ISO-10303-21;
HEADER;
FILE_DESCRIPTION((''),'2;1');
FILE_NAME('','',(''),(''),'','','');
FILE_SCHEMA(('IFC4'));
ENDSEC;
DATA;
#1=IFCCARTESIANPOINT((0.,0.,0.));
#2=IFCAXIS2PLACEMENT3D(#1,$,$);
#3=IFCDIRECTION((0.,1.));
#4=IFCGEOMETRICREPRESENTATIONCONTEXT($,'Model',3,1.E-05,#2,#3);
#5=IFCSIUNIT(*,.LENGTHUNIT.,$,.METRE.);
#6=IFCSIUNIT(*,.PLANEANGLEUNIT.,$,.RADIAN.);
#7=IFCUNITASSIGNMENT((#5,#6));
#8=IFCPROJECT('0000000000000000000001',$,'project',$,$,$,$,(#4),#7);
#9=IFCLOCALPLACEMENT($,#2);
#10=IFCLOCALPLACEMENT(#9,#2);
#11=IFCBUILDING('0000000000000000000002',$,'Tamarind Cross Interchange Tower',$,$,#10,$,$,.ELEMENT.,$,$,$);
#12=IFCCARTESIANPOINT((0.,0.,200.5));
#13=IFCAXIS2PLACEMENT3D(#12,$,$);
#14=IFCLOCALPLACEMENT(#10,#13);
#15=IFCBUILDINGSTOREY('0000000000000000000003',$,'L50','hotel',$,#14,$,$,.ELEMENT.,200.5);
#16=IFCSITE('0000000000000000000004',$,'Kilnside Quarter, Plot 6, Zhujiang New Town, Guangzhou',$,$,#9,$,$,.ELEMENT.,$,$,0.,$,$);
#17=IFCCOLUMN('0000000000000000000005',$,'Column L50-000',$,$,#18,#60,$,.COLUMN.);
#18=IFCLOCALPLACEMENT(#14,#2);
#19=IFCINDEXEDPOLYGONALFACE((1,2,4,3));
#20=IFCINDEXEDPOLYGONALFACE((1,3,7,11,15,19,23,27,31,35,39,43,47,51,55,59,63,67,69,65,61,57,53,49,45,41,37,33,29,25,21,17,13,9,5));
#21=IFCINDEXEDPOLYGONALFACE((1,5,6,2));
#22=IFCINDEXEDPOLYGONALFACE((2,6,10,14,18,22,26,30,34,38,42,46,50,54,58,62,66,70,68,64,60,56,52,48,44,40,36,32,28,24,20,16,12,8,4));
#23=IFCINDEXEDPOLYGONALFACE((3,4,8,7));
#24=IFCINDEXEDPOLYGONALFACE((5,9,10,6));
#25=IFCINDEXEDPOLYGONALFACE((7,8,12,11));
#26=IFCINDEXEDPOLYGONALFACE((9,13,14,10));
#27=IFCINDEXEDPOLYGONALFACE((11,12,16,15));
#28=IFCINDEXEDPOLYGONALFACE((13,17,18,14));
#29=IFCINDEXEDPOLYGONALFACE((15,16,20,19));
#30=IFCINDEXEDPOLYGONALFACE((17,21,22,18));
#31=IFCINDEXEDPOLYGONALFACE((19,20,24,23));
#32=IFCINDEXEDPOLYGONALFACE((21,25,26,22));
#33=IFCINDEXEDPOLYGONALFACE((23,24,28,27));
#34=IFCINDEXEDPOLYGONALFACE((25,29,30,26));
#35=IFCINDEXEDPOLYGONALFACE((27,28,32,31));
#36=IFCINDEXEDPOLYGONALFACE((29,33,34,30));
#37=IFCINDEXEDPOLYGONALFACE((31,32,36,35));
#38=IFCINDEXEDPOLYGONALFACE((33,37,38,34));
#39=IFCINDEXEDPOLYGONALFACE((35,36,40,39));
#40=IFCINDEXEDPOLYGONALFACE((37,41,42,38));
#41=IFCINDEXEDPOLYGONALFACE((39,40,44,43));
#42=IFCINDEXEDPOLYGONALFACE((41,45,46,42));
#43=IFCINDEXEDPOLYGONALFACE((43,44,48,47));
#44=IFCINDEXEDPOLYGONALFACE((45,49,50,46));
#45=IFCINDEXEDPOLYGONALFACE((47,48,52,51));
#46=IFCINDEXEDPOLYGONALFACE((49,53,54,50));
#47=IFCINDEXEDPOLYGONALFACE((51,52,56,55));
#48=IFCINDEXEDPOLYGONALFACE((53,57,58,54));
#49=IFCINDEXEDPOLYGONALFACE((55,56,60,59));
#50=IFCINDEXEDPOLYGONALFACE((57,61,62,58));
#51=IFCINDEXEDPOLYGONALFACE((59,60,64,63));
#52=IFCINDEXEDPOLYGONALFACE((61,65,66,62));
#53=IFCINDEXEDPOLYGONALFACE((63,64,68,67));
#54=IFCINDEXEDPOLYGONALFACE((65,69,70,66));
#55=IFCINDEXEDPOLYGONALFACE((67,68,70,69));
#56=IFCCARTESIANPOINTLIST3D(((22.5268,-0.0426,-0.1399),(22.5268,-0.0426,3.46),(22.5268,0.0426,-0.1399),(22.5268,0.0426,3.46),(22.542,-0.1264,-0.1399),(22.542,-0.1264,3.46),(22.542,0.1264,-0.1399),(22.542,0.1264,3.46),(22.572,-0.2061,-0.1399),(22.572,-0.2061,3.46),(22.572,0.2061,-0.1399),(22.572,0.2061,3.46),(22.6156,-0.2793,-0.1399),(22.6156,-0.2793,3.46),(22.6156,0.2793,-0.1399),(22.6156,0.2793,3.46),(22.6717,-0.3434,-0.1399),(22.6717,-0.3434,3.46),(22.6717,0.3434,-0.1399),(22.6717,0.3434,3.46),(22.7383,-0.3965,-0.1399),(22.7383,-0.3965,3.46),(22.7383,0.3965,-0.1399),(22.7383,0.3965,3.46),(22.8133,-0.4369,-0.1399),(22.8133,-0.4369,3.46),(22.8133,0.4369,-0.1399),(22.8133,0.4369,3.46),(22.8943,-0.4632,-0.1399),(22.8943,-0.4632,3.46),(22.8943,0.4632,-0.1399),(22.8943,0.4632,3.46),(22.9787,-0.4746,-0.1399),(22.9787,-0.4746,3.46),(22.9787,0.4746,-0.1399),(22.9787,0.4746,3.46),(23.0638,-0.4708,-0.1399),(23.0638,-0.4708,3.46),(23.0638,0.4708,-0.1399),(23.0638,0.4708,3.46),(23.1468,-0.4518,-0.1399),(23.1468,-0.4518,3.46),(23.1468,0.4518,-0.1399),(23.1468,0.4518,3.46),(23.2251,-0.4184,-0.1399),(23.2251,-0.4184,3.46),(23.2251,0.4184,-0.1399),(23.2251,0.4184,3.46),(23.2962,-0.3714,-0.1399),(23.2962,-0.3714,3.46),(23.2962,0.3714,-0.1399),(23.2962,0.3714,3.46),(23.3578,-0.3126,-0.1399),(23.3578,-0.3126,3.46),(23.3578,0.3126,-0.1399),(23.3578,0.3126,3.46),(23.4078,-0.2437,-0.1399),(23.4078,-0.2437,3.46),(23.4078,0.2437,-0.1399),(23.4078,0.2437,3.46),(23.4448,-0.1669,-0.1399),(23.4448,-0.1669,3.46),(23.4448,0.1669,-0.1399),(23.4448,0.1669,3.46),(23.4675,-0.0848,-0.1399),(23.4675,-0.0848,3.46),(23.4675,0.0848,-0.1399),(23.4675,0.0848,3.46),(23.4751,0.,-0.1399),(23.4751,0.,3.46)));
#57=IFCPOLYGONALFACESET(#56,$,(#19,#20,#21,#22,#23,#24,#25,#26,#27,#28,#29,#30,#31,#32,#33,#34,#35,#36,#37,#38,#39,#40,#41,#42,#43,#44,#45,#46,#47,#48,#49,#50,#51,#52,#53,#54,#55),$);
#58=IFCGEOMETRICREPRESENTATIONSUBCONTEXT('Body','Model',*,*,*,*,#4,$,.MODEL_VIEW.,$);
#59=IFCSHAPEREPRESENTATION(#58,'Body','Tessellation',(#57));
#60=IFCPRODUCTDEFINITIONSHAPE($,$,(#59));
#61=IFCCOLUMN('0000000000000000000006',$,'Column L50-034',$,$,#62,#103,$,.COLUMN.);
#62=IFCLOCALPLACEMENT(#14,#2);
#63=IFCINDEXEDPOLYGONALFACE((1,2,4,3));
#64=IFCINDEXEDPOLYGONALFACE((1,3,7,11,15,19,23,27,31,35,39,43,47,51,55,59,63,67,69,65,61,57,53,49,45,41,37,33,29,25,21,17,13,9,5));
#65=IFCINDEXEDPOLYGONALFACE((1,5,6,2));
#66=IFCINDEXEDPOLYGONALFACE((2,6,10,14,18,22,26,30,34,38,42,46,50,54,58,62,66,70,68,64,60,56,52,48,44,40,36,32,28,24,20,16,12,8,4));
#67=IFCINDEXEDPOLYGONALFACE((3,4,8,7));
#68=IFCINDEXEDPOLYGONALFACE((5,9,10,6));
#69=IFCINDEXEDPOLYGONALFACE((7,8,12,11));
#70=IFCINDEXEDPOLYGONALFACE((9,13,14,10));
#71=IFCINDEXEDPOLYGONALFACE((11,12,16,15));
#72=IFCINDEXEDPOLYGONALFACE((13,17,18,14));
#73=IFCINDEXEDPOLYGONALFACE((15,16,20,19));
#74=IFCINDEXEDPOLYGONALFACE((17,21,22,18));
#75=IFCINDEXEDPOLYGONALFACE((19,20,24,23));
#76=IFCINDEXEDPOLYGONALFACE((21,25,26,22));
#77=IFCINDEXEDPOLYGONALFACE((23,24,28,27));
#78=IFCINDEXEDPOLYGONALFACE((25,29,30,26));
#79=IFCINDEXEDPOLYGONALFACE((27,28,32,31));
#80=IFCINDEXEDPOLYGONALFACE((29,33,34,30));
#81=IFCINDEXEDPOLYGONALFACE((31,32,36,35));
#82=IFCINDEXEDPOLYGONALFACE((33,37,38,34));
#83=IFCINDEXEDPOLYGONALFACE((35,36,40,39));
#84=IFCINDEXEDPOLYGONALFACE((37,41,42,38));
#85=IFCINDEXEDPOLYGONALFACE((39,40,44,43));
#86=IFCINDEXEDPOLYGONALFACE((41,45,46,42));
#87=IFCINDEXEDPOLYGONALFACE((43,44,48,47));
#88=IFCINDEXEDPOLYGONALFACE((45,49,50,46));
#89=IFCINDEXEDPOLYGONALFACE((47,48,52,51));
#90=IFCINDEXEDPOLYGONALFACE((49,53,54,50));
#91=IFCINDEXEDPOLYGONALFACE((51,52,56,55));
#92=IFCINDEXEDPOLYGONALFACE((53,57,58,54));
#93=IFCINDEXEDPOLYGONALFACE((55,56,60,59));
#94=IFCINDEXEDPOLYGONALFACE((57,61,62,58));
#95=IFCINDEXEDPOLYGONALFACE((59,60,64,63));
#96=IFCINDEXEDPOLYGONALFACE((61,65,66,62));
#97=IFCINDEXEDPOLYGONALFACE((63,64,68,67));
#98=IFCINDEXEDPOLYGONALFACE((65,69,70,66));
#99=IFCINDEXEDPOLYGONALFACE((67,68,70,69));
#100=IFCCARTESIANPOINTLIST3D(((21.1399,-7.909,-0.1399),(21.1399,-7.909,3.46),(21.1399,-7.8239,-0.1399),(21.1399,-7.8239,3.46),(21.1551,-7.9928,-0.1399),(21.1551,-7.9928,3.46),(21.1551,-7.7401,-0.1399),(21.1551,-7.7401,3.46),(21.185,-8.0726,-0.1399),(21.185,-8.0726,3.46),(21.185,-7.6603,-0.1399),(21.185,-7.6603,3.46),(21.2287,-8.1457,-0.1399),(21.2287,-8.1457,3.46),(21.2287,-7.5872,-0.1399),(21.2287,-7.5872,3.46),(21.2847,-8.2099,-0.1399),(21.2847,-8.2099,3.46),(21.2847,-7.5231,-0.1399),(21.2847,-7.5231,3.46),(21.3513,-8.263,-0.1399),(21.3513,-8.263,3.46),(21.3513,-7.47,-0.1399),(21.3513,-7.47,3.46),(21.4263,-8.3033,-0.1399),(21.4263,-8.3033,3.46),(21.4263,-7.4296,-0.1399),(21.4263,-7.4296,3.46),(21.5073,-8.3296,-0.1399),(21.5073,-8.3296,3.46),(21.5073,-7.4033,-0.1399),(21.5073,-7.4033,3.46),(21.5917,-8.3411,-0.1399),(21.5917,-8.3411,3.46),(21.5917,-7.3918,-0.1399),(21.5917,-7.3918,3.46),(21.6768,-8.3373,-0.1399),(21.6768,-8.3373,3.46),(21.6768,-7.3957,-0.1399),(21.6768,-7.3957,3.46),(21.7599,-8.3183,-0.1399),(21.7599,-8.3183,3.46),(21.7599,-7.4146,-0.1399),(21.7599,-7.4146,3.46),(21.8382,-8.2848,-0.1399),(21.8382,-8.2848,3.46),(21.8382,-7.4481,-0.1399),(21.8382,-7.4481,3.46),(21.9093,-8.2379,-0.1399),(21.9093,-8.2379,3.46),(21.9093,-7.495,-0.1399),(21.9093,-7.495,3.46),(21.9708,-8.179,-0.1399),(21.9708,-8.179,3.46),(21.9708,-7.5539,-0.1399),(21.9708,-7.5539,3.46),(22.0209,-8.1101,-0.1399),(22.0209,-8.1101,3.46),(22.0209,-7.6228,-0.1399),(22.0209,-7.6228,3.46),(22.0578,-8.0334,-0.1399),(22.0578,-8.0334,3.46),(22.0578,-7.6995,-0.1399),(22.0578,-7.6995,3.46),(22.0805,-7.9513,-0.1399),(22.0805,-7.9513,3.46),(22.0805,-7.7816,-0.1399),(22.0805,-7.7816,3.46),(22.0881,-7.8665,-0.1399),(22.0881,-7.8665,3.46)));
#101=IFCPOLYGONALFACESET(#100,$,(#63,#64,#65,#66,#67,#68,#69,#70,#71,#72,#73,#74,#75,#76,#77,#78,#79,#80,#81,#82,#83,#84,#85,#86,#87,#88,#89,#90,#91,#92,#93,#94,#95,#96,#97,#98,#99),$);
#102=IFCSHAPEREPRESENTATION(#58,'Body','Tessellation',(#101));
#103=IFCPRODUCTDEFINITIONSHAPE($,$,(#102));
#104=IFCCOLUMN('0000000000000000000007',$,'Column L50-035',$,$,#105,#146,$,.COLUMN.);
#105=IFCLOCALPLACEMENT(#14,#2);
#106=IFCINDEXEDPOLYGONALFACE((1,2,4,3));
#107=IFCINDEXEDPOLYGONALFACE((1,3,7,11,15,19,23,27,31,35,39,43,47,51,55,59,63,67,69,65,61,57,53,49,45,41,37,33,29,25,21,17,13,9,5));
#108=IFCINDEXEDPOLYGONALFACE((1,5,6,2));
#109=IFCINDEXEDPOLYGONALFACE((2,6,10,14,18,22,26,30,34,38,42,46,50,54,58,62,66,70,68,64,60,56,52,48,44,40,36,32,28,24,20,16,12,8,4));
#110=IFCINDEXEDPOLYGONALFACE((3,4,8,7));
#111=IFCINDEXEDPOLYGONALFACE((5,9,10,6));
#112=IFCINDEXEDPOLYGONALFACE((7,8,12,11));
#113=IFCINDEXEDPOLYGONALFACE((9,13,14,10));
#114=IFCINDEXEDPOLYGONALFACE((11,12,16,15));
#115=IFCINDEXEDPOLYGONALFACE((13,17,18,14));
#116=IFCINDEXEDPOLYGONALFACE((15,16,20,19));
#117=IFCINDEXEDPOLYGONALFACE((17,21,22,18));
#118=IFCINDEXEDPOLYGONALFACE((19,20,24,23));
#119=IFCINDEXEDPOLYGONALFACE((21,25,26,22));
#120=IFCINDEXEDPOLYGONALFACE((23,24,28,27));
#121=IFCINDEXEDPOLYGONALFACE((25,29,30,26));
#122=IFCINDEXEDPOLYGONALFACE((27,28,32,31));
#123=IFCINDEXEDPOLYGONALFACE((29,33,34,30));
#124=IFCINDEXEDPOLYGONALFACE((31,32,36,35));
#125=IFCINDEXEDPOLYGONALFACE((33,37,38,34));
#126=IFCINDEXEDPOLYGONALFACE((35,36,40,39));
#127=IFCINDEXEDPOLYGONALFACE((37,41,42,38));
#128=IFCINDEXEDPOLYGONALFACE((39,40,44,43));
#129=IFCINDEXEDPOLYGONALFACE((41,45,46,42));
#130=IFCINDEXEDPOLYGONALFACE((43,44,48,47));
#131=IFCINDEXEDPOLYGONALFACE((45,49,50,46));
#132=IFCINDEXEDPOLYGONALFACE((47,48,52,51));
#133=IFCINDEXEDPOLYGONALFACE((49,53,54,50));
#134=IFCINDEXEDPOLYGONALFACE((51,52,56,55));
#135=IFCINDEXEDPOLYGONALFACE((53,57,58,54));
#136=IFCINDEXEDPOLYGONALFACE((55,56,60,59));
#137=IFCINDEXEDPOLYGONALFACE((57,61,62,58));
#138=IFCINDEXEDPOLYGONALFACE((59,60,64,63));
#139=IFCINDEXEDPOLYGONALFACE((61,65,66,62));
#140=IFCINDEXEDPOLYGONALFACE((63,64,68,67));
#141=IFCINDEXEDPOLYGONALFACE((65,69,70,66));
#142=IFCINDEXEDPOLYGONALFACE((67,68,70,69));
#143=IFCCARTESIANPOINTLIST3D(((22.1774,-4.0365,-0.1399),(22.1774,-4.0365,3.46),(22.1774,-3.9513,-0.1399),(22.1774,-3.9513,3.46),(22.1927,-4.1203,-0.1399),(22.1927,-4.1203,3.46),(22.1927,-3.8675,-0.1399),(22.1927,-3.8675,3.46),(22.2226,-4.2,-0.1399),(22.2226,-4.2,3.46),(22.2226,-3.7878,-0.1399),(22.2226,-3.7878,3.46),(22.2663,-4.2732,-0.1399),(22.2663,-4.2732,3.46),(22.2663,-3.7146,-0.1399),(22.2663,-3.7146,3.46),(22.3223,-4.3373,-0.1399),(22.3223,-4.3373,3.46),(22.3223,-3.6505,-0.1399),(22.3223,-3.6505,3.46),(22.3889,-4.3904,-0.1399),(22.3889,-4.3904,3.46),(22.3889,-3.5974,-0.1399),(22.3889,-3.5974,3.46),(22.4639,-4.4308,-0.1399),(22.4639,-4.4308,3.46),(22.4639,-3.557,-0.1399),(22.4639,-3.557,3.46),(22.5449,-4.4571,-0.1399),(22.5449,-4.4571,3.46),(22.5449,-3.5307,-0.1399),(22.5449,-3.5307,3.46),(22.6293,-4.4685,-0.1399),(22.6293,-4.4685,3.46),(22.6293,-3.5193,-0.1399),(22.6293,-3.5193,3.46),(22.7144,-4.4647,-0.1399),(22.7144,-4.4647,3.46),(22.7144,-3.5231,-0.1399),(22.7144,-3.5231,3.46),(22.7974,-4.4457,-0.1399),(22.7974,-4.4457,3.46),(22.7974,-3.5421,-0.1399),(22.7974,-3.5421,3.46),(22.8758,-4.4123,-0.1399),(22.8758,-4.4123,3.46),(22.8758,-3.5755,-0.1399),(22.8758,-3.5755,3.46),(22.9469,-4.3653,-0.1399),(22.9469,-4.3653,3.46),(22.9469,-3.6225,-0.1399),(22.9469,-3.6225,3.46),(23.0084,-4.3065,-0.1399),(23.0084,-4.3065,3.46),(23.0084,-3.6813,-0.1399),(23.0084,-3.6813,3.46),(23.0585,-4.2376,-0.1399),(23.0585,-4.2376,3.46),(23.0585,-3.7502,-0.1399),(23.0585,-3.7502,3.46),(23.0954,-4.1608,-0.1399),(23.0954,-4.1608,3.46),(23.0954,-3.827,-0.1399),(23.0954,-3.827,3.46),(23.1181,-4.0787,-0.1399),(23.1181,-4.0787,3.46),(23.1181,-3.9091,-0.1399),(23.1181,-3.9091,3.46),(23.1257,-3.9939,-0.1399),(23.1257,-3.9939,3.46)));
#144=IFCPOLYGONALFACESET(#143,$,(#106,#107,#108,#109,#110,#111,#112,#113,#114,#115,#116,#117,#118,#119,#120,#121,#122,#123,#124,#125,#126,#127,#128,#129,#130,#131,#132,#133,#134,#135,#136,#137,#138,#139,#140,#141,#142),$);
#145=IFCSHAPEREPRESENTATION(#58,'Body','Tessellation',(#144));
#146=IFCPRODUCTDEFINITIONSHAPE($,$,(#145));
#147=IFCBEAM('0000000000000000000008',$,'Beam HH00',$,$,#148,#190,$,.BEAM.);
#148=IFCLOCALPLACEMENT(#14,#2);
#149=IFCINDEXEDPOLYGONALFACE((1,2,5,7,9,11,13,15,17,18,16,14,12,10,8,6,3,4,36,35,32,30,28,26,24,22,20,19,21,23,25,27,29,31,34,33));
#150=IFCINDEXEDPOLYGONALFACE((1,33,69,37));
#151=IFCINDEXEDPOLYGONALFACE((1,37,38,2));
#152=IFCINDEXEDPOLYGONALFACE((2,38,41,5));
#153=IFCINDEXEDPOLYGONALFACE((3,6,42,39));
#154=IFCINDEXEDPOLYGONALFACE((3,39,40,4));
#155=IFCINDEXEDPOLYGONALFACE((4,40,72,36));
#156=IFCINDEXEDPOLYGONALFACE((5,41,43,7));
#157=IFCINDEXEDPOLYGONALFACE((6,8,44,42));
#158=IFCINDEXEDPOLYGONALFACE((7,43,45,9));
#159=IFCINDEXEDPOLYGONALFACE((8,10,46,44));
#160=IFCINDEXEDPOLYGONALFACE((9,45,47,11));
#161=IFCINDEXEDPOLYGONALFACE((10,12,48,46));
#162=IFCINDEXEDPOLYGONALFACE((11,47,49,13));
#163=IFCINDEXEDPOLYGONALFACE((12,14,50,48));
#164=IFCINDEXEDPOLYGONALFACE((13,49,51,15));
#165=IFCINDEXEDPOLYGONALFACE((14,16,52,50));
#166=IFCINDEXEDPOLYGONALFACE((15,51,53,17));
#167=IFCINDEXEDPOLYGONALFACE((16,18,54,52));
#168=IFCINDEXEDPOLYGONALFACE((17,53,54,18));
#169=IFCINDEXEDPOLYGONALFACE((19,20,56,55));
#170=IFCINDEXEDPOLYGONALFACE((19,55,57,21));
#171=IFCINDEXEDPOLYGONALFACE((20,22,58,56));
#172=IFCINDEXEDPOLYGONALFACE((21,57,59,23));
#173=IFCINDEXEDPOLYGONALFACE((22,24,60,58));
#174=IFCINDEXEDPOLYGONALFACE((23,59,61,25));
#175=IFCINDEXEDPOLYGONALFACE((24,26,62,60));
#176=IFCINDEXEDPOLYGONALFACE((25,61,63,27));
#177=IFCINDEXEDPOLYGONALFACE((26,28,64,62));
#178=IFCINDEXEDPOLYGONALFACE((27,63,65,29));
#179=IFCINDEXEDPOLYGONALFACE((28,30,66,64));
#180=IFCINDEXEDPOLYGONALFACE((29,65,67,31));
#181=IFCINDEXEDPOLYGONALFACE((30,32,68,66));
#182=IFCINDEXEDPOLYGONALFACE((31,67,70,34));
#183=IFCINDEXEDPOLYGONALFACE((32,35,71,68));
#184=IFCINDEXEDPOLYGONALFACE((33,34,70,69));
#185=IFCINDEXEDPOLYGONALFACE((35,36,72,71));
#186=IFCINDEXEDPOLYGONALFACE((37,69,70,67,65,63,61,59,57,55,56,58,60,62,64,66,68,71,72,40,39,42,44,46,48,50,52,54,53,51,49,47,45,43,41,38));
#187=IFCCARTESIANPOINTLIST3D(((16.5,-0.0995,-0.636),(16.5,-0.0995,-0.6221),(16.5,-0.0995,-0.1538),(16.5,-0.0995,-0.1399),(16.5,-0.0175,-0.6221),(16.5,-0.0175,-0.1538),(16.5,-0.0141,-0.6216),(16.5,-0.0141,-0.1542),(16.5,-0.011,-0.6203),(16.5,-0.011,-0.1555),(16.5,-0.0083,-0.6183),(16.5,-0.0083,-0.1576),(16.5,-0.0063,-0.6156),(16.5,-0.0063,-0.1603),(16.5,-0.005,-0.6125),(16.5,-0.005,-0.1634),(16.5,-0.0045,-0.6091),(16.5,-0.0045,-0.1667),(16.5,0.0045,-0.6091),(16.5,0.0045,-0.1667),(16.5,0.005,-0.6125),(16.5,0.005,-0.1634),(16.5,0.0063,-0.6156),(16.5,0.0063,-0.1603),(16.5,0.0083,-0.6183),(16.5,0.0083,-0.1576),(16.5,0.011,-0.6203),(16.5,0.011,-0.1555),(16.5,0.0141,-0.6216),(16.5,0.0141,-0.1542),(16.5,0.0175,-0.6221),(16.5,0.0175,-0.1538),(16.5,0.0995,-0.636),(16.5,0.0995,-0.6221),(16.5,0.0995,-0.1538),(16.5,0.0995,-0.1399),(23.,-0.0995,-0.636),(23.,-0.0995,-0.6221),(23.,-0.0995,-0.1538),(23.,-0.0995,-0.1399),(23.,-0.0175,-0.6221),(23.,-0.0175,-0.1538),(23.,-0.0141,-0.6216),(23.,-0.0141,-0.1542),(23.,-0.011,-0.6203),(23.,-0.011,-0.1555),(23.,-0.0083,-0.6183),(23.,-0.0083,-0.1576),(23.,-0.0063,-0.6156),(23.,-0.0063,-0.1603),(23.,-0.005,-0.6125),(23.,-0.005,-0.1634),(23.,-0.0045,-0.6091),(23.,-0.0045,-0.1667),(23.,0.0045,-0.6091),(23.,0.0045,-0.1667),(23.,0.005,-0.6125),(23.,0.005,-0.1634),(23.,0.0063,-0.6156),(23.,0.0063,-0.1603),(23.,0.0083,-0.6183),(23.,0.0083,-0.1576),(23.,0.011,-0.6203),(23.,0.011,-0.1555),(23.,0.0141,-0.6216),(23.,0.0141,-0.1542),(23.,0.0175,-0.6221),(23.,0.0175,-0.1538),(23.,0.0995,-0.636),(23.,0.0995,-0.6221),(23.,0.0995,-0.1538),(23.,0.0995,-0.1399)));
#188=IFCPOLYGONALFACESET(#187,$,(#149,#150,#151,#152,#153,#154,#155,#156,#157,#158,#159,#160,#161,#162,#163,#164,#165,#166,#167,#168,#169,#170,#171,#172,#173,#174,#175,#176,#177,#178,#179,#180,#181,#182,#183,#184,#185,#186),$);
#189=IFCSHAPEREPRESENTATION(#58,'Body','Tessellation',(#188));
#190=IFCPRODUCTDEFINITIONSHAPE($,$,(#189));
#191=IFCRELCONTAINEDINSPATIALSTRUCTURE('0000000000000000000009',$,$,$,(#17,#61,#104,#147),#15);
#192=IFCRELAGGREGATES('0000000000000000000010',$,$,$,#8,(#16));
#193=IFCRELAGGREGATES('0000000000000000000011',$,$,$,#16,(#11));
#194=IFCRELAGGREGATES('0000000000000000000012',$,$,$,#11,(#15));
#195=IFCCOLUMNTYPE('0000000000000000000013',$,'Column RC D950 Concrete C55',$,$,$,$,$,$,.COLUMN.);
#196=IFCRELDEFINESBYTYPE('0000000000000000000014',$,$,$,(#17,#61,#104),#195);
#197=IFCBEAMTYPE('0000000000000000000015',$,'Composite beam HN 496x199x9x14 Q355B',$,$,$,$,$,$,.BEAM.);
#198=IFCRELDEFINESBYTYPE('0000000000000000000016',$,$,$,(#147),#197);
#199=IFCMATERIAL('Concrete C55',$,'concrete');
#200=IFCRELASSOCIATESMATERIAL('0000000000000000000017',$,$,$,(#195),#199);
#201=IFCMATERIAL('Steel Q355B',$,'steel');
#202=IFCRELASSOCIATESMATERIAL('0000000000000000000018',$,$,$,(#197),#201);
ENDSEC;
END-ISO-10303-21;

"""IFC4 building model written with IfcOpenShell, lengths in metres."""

from ifc_helpers import new_model, si_unit, direction, frame, origin, origin_2d, place, context, subcontext, project, spatial, circle, i_section, extrude, material, material_profile, profile_set, type_object, element, save


model = new_model("IFC4")

# Units and contexts
model_context = context("Model", 3, precision=1e-05, world=origin(), true_north=direction((0.0, 1.0)))
body_context = subcontext(model_context, "Body", "Model", "MODEL_VIEW")
ifc_project = project(units=[si_unit("LENGTHUNIT", "METRE"), si_unit("PLANEANGLEUNIT", "RADIAN")], contexts=[model_context])

# Site, building, storey
site_placement = place(None, origin())
site = spatial("IfcSite", under=ifc_project, at=site_placement, Name="Kilnside Quarter, Plot 6, Zhujiang New Town, Guangzhou", CompositionType="ELEMENT", RefElevation=0.0)
building_placement = place(site_placement, origin())
building = spatial("IfcBuilding", under=site, at=building_placement, Name="Tamarind Cross Interchange Tower", CompositionType="ELEMENT")
storey_placement = place(building_placement, frame((0.0, 0.0, 200.5)))
storey = spatial("IfcBuildingStorey", under=building, at=storey_placement, Name="L50", Description="hotel", CompositionType="ELEMENT", Elevation=200.5)

# Columns
ifc_material_1 = material(Name="Concrete C55", Category="concrete")
ifc_material_profile_1 = material_profile(ifc_material_1, circle(Radius=0.4751, at=origin_2d()), Name="RC D950")
ifc_profile_set_1 = profile_set([ifc_material_profile_1], Name="Concrete C55")
column_type = type_object("IfcColumnType", Name="Column RC D950 Concrete C55", PredefinedType="COLUMN", material=ifc_profile_set_1)
for number, where, z_axis, x_axis, name in (
    (1, (23.0, 0.0, -0.1399), (0.0, 0.0, 1.0), (1.0, 0.0, 0.0), "Column L50-000"),
    (2, (21.613, -7.8665, -0.1399), (0.0, 0.0, 1.0), (1.0, 0.0, 0.0), "Column L50-034"),
    (3, (22.6506, -3.9939, -0.1399), (0.0, 0.0, 1.0), (1.0, 0.0, 0.0), "Column L50-035"),
):
    element("IfcColumn", number, at=place(storey_placement, frame(where, z_axis=z_axis, x_axis=x_axis)), inside=storey, type_object=column_type, Name=name, PredefinedType="COLUMN", context=body_context, shape_type="SweptSolid", body=[
        extrude(circle(Radius=0.4751, at=origin_2d()), origin(), (0.0, 0.0, 1.0), 3.5999),
    ])

# Beam
ifc_material_2 = material(Name="Steel Q355B", Category="steel")
ifc_material_profile_2 = material_profile(ifc_material_2, i_section(OverallWidth=0.199, OverallDepth=0.4961, WebThickness=0.009, FlangeThickness=0.0139, FilletRadius=0.0129, at=origin_2d()), Name="HN 496x199x9x14")
ifc_profile_set_2 = profile_set([ifc_material_profile_2], Name="Steel Q355B")
beam_type = type_object("IfcBeamType", Name="Composite beam HN 496x199x9x14 Q355B", PredefinedType="BEAM", material=ifc_profile_set_2)
beam_1_placement = place(storey_placement, frame((23.0, 0.0, -0.3879), z_axis=(-1.0, 0.0, 0.0), x_axis=(0.0, -1.0, 0.0)))
element("IfcBeam", 4, at=beam_1_placement, inside=storey, type_object=beam_type, Name="Beam HH00", PredefinedType="BEAM", context=body_context, shape_type="SweptSolid", body=[
    extrude(i_section(OverallWidth=0.199, OverallDepth=0.4961, WebThickness=0.009, FlangeThickness=0.0139, FilletRadius=0.0129, at=origin_2d()), origin(), (0.0, 0.0, 1.0), 6.5),
])

save(model, "model.ifc")
